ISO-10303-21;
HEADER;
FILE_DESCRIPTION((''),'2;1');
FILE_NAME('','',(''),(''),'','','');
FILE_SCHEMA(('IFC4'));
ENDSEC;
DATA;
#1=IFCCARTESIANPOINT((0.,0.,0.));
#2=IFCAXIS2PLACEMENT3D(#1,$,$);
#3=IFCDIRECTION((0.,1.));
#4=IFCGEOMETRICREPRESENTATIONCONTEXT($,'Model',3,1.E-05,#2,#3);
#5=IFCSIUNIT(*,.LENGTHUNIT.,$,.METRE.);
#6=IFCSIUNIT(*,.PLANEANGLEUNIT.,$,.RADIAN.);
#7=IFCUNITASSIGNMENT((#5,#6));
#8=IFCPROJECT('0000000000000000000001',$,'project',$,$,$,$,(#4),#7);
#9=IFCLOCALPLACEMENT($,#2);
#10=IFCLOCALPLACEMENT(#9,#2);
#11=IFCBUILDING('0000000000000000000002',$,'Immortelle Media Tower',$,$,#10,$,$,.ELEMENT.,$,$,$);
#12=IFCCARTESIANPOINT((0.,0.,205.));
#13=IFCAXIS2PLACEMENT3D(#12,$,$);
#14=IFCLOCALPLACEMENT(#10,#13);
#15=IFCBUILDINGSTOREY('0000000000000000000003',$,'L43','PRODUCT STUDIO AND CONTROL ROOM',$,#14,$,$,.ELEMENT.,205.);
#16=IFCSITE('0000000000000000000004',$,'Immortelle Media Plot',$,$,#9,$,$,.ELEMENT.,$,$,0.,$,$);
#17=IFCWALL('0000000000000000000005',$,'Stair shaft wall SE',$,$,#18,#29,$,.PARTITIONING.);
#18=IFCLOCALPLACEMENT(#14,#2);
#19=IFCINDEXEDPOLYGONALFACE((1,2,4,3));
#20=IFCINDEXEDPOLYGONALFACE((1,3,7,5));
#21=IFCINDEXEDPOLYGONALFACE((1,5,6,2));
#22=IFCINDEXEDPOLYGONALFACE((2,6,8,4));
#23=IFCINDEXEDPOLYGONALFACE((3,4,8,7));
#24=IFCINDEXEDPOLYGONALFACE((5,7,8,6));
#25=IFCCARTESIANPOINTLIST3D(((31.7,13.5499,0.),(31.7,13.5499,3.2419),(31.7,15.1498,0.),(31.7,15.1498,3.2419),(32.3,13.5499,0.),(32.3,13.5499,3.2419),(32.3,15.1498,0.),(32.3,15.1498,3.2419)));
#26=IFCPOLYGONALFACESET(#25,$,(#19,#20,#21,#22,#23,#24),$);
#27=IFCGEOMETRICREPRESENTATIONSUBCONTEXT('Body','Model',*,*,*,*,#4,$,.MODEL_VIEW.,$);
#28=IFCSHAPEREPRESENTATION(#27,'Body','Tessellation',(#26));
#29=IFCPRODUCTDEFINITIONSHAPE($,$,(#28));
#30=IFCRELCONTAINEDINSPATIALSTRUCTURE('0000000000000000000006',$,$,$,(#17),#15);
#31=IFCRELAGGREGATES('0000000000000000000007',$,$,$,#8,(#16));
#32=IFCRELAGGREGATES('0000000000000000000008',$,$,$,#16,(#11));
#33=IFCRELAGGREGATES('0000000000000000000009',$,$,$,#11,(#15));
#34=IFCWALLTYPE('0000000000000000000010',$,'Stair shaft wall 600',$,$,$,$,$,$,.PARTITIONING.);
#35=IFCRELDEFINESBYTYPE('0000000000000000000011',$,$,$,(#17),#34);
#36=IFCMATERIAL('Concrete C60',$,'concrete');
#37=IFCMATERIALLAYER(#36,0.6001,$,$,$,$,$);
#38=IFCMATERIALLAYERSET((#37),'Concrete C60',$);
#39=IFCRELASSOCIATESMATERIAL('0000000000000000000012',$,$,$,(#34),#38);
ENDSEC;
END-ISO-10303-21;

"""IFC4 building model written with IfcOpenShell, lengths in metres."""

from ifc_helpers import new_model, si_unit, direction, frame, frame_2d, origin, place, context, subcontext, project, spatial, rectangle, extrude, material, layer, layer_set, type_object, element, save


model = new_model("IFC4")

# Units and contexts
model_context = context("Model", 3, precision=1e-05, world=origin(), true_north=direction((0.0, 1.0)))
body_context = subcontext(model_context, "Body", "Model", "MODEL_VIEW")
ifc_project = project(units=[si_unit("LENGTHUNIT", "METRE"), si_unit("PLANEANGLEUNIT", "RADIAN")], contexts=[model_context])

# Site, building, storey
site_placement = place(None, origin())
site = spatial("IfcSite", under=ifc_project, at=site_placement, Name="Immortelle Media Plot", CompositionType="ELEMENT", RefElevation=0.0)
building_placement = place(site_placement, origin())
building = spatial("IfcBuilding", under=site, at=building_placement, Name="Immortelle Media Tower", CompositionType="ELEMENT")
storey_placement = place(building_placement, frame((0.0, 0.0, 205.0)))
storey = spatial("IfcBuildingStorey", under=building, at=storey_placement, Name="L43", Description="PRODUCT STUDIO AND CONTROL ROOM", CompositionType="ELEMENT", Elevation=205.0)

# Shared definitions
ifc_material_1 = material(Name="Concrete C60", Category="concrete")

# Wall
ifc_layer_1 = layer(ifc_material_1, 0.6001)
ifc_layer_set_1 = layer_set([ifc_layer_1], Name="Concrete C60")
wall_type_1 = type_object("IfcWallType", Name="Stair shaft wall 600", PredefinedType="PARTITIONING", material=ifc_layer_set_1)
wall_1_placement = place(storey_placement, frame((32.0, 13.55, 0.0), z_axis=(0.0, 0.0, 1.0), x_axis=(0.0, 1.0, 0.0)))
element("IfcWall", 1, at=wall_1_placement, inside=storey, type_object=wall_type_1, Name="Stair shaft wall SE", PredefinedType="PARTITIONING", context=body_context, shape_type="SweptSolid", body=[
    extrude(rectangle(XDim=1.5999, YDim=0.6001, at=frame_2d((0.7998, 0.0))), origin(), (0.0, 0.0, 1.0), 3.2419),
])

save(model, "model.ifc")
